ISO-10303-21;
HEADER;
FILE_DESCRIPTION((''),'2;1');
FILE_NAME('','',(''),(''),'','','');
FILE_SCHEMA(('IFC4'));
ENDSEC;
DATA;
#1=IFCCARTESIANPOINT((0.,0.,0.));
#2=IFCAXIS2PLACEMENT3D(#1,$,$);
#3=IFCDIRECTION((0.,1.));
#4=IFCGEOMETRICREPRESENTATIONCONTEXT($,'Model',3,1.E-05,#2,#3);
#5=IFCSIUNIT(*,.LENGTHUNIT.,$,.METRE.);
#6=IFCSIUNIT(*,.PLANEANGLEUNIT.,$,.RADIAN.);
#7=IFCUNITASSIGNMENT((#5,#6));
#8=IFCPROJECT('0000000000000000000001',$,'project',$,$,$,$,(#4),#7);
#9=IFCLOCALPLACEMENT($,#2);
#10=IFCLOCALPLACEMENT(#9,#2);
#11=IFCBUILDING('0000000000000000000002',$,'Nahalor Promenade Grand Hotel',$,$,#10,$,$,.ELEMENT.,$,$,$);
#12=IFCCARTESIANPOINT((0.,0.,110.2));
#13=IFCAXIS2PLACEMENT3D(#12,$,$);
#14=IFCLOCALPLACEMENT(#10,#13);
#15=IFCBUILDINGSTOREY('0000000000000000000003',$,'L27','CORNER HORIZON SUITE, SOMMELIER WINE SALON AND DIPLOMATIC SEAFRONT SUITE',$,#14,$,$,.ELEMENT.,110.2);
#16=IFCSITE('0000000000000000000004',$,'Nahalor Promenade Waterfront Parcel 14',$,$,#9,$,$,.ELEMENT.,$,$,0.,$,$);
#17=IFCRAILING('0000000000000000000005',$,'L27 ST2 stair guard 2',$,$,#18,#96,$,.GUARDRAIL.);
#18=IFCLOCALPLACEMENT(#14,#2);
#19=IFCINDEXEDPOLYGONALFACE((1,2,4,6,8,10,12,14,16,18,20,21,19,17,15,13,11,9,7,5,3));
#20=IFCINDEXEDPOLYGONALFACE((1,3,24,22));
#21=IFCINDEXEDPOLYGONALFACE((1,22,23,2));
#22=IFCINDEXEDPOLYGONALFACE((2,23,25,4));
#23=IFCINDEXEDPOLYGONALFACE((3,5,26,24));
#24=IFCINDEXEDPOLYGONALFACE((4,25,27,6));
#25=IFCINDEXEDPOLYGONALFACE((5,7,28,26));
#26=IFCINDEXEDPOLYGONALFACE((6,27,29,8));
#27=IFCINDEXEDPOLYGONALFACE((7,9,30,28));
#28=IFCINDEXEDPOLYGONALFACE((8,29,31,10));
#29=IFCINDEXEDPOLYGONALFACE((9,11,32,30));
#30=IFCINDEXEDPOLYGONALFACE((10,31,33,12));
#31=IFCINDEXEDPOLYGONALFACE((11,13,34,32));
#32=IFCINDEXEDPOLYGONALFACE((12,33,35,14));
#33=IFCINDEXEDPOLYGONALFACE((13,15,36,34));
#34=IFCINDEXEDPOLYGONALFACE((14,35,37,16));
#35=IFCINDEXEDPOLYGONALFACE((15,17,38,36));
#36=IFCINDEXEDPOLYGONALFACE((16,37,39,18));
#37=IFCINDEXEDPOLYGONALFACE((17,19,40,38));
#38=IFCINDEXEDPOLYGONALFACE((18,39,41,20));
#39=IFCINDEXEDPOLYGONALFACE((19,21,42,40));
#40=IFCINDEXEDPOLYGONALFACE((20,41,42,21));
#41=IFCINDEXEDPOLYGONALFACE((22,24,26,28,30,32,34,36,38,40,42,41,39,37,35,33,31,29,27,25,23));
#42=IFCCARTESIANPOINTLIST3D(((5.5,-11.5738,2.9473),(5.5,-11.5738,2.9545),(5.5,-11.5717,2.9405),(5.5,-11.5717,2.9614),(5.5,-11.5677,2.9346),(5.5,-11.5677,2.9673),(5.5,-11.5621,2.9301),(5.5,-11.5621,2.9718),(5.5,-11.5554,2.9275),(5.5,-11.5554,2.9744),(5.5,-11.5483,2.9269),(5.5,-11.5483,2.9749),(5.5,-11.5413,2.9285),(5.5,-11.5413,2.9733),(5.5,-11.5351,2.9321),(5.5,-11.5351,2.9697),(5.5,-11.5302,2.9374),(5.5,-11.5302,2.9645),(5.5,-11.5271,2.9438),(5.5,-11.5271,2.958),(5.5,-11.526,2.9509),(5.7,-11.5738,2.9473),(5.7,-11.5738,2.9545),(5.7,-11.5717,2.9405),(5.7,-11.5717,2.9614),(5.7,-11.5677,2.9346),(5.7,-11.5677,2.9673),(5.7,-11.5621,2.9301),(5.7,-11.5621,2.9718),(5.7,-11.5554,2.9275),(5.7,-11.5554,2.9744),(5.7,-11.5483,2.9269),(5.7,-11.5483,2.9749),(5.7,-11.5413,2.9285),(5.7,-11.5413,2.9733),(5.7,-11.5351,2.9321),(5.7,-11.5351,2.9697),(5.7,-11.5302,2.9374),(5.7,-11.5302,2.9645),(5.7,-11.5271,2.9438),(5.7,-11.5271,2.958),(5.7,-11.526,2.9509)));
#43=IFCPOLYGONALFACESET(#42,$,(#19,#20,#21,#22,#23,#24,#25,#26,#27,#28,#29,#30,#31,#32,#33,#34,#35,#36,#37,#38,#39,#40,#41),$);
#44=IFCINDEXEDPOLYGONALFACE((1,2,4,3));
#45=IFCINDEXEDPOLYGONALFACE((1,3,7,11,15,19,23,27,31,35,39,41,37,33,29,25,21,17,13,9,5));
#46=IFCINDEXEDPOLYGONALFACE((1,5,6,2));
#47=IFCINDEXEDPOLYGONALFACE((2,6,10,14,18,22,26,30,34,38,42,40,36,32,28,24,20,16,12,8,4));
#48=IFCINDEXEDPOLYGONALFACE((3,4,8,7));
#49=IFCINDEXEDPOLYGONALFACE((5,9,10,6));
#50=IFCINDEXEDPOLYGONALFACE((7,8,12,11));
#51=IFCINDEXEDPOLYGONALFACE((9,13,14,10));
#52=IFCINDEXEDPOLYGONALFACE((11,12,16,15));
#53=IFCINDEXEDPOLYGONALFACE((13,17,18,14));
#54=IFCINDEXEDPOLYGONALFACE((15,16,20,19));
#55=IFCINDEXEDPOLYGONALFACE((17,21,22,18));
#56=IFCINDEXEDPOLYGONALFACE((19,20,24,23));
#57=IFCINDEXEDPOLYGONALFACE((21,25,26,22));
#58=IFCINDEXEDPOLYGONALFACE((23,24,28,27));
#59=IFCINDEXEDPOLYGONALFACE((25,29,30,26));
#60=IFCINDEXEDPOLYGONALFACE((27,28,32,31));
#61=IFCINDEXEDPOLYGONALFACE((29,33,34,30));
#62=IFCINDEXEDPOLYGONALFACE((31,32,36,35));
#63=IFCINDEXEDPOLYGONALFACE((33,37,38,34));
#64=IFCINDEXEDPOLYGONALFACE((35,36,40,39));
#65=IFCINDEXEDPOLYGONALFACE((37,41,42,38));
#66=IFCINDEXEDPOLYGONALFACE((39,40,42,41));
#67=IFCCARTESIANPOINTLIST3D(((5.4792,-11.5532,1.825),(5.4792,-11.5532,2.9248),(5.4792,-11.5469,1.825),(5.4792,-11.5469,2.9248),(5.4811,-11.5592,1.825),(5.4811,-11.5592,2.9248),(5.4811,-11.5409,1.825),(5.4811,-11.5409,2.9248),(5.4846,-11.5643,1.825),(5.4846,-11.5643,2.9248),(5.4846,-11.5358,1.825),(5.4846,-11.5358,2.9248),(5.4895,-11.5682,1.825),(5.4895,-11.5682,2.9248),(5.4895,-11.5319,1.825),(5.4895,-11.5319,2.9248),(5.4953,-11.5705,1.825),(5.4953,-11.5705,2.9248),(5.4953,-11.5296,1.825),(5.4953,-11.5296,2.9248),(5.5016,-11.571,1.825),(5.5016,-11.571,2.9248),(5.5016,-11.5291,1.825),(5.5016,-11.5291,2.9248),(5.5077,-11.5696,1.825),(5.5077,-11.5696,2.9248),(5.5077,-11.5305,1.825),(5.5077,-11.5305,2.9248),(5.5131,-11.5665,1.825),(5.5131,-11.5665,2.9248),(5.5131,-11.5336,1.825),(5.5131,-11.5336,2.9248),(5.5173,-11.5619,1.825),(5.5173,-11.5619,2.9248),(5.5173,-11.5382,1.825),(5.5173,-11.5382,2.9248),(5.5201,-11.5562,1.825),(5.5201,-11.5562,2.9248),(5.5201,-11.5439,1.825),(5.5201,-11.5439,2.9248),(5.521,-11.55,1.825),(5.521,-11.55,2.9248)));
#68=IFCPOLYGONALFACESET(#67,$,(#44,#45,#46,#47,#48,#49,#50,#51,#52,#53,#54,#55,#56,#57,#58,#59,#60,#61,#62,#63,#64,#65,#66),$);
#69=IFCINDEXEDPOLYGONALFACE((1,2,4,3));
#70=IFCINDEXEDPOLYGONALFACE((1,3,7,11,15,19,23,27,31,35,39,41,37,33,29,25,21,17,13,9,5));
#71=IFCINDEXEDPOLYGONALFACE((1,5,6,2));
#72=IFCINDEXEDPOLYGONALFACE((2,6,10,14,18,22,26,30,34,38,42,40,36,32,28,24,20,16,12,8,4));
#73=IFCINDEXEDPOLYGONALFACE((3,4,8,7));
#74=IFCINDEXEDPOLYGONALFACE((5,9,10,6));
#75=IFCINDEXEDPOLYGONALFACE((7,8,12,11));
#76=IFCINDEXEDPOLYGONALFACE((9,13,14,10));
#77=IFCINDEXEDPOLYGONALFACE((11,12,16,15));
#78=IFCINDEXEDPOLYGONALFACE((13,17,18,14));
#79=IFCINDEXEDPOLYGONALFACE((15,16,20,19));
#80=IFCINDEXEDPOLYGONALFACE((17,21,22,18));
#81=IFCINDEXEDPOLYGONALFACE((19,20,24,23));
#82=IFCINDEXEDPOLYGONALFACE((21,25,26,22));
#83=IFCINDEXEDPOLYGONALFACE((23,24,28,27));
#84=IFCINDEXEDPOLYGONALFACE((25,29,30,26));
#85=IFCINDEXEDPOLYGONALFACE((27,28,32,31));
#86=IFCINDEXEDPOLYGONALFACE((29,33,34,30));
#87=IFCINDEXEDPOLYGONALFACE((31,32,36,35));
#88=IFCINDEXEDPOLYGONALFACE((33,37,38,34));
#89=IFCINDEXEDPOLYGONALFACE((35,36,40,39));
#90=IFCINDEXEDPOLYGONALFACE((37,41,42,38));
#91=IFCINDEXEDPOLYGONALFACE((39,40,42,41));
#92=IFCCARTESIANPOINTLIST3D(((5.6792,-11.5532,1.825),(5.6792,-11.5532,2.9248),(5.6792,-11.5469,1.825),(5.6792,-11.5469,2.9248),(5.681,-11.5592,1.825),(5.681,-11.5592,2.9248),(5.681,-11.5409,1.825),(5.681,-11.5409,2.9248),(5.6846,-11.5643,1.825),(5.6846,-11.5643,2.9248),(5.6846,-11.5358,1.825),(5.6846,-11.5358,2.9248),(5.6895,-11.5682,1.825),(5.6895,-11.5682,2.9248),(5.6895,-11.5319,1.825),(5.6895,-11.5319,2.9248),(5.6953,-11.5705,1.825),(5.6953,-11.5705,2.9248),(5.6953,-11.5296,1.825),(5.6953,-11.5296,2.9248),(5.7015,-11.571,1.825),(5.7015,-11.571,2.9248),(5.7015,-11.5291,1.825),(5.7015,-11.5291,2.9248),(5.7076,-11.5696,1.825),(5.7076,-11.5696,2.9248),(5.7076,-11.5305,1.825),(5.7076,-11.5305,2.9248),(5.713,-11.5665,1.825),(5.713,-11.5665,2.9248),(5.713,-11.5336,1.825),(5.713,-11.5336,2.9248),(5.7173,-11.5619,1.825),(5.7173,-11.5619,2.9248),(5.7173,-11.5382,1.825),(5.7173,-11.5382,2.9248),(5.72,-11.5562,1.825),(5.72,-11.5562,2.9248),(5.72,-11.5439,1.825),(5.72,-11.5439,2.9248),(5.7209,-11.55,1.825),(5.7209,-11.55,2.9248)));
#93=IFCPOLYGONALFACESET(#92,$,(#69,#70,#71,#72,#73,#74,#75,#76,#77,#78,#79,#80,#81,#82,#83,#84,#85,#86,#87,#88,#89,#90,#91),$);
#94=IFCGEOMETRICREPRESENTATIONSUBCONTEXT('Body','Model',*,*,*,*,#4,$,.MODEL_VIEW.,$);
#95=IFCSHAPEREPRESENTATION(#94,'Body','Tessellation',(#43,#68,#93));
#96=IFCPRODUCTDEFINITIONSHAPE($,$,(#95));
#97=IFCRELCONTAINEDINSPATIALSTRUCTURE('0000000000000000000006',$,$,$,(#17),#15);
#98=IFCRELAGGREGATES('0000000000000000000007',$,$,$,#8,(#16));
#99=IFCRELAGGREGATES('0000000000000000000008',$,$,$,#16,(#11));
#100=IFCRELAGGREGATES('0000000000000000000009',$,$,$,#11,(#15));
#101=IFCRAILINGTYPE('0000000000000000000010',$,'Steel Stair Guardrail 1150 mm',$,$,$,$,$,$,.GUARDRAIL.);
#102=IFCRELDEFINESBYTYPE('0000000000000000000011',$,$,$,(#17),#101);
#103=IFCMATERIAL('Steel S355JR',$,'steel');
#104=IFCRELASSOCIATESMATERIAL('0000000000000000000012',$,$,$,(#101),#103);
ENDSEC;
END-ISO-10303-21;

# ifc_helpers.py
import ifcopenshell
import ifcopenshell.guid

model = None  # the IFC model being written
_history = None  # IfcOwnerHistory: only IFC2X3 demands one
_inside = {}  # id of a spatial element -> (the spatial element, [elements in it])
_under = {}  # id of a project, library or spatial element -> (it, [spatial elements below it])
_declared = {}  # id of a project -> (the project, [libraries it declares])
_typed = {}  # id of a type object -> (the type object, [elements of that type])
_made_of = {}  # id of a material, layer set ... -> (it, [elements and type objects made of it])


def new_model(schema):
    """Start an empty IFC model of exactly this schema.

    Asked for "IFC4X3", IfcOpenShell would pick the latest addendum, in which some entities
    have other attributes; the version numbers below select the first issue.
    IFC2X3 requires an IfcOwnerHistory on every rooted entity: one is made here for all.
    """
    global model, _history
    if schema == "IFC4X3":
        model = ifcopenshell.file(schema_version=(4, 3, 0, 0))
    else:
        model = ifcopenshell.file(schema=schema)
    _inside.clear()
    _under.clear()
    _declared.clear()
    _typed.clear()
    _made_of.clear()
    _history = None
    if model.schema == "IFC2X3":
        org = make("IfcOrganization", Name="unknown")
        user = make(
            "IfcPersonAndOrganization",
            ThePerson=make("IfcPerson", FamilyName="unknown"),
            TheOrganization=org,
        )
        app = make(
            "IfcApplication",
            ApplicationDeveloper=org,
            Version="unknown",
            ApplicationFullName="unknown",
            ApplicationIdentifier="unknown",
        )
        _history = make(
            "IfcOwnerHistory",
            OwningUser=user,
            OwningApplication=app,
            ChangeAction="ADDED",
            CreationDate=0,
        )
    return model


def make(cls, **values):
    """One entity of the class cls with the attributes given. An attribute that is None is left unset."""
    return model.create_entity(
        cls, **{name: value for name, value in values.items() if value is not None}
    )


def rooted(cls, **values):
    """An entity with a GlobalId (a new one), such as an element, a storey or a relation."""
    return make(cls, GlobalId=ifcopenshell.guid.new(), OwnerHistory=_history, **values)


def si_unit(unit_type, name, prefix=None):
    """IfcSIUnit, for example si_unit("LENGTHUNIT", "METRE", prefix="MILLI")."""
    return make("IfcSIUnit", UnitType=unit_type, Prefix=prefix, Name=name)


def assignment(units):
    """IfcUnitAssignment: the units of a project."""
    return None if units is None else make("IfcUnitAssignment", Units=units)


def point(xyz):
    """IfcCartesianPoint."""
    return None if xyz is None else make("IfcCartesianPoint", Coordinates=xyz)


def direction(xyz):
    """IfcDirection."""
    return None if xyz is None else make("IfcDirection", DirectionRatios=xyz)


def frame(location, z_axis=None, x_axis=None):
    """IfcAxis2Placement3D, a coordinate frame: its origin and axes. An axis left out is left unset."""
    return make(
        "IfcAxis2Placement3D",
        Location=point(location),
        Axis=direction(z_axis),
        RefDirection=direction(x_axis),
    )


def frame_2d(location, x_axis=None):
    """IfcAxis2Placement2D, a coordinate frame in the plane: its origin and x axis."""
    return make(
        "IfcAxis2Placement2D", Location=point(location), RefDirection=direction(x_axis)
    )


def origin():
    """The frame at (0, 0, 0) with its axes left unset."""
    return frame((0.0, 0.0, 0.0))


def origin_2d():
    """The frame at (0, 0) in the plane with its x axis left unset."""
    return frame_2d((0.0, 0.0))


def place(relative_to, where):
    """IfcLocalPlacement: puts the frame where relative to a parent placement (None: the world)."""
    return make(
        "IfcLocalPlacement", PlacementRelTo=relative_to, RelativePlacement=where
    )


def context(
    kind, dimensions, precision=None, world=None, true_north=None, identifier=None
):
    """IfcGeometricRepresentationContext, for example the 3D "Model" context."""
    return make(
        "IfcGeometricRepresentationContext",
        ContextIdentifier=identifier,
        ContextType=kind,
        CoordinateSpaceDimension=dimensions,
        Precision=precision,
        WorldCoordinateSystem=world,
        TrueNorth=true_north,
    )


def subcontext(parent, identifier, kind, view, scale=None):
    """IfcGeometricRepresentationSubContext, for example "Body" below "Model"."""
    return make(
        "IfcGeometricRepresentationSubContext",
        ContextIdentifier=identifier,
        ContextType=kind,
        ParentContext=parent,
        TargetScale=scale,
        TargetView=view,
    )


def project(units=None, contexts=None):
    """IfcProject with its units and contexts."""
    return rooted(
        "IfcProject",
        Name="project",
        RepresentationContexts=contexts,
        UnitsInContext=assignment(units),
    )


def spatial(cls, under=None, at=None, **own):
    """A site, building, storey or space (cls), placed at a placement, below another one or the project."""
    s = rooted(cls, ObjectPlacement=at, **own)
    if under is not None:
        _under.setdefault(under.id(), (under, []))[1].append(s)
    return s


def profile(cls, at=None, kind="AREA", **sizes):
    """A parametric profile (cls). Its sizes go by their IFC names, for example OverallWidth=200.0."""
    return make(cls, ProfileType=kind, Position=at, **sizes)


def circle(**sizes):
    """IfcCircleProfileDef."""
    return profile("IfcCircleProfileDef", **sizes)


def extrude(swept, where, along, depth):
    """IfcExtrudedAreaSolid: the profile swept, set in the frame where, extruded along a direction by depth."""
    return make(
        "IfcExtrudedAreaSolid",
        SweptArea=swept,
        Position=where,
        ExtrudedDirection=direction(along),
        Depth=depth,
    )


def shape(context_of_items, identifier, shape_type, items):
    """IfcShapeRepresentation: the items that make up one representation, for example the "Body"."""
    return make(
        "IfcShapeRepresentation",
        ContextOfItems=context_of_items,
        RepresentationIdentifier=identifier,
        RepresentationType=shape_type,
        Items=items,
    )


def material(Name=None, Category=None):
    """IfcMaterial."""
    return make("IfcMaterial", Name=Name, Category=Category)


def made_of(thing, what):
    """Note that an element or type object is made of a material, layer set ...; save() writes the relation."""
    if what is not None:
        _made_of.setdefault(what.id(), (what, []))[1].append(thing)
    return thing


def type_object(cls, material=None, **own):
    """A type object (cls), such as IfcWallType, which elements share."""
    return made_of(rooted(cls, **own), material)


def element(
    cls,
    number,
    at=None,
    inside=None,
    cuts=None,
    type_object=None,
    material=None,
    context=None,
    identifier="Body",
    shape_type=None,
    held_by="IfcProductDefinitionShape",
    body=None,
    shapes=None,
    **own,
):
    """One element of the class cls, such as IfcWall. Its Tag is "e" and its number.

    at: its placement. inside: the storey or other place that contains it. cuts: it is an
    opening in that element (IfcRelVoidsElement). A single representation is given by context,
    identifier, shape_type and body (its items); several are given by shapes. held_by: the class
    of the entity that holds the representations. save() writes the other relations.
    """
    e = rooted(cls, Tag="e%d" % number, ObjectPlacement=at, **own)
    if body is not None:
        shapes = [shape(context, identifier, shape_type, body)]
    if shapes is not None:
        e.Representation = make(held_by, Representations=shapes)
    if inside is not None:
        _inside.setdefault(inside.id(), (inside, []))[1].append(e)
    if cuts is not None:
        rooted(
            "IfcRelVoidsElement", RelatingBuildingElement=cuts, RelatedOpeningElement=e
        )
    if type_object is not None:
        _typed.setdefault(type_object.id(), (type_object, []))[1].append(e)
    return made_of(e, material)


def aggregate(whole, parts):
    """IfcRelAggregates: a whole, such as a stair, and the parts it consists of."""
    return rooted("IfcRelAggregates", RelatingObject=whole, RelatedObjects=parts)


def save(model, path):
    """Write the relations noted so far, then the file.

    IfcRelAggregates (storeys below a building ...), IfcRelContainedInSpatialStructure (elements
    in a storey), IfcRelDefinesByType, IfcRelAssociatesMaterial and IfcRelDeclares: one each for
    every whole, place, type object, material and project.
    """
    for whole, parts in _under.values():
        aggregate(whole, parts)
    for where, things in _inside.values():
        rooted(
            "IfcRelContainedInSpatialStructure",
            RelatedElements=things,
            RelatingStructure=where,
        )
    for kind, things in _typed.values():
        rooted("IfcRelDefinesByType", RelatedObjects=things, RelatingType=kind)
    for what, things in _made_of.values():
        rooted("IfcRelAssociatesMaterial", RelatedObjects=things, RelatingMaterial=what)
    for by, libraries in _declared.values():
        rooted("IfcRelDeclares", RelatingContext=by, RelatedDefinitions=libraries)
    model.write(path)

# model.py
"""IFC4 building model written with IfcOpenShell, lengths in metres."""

from ifc_helpers import new_model, si_unit, direction, frame, origin, origin_2d, place, context, subcontext, project, spatial, circle, extrude, material, type_object, element, save


model = new_model("IFC4")

# Units and contexts
model_context = context("Model", 3, precision=1e-05, world=origin(), true_north=direction((0.0, 1.0)))
body_context = subcontext(model_context, "Body", "Model", "MODEL_VIEW")
ifc_project = project(units=[si_unit("LENGTHUNIT", "METRE"), si_unit("PLANEANGLEUNIT", "RADIAN")], contexts=[model_context])

# Site, building, storey
site_placement = place(None, origin())
site = spatial("IfcSite", under=ifc_project, at=site_placement, Name="Nahalor Promenade Waterfront Parcel 14", CompositionType="ELEMENT", RefElevation=0.0)
building_placement = place(site_placement, origin())
building = spatial("IfcBuilding", under=site, at=building_placement, Name="Nahalor Promenade Grand Hotel", CompositionType="ELEMENT")
storey_placement = place(building_placement, frame((0.0, 0.0, 110.2)))
storey = spatial("IfcBuildingStorey", under=building, at=storey_placement, Name="L27", Description="CORNER HORIZON SUITE, SOMMELIER WINE SALON AND DIPLOMATIC SEAFRONT SUITE", CompositionType="ELEMENT", Elevation=110.2)

# Shared definitions
ifc_material_1 = material(Name="Steel S355JR", Category="steel")

# Railing
railing_type_1 = type_object("IfcRailingType", Name="Steel Stair Guardrail 1150 mm", PredefinedType="GUARDRAIL", material=ifc_material_1)
railing_1_placement = place(storey_placement, frame((5.5, -11.55, 1.825)))
element("IfcRailing", 1, at=railing_1_placement, inside=storey, type_object=railing_type_1, Name="L27 ST2 stair guard 2", PredefinedType="GUARDRAIL", context=body_context, shape_type="SweptSolid", body=[
    extrude(circle(Radius=0.024, at=origin_2d()), frame((0.0, 0.0, 1.126), z_axis=(1.0, 0.0, 0.0), x_axis=(0.0, 1.0, 0.0)), (0.0, 0.0, 1.0), 0.2),
    extrude(circle(Radius=0.021, at=origin_2d()), origin(), (0.0, 0.0, 1.0), 1.0999),
    extrude(circle(Radius=0.021, at=origin_2d()), frame((0.2, 0.0, 0.0)), (0.0, 0.0, 1.0), 1.0999),
])

save(model, "model.ifc")
